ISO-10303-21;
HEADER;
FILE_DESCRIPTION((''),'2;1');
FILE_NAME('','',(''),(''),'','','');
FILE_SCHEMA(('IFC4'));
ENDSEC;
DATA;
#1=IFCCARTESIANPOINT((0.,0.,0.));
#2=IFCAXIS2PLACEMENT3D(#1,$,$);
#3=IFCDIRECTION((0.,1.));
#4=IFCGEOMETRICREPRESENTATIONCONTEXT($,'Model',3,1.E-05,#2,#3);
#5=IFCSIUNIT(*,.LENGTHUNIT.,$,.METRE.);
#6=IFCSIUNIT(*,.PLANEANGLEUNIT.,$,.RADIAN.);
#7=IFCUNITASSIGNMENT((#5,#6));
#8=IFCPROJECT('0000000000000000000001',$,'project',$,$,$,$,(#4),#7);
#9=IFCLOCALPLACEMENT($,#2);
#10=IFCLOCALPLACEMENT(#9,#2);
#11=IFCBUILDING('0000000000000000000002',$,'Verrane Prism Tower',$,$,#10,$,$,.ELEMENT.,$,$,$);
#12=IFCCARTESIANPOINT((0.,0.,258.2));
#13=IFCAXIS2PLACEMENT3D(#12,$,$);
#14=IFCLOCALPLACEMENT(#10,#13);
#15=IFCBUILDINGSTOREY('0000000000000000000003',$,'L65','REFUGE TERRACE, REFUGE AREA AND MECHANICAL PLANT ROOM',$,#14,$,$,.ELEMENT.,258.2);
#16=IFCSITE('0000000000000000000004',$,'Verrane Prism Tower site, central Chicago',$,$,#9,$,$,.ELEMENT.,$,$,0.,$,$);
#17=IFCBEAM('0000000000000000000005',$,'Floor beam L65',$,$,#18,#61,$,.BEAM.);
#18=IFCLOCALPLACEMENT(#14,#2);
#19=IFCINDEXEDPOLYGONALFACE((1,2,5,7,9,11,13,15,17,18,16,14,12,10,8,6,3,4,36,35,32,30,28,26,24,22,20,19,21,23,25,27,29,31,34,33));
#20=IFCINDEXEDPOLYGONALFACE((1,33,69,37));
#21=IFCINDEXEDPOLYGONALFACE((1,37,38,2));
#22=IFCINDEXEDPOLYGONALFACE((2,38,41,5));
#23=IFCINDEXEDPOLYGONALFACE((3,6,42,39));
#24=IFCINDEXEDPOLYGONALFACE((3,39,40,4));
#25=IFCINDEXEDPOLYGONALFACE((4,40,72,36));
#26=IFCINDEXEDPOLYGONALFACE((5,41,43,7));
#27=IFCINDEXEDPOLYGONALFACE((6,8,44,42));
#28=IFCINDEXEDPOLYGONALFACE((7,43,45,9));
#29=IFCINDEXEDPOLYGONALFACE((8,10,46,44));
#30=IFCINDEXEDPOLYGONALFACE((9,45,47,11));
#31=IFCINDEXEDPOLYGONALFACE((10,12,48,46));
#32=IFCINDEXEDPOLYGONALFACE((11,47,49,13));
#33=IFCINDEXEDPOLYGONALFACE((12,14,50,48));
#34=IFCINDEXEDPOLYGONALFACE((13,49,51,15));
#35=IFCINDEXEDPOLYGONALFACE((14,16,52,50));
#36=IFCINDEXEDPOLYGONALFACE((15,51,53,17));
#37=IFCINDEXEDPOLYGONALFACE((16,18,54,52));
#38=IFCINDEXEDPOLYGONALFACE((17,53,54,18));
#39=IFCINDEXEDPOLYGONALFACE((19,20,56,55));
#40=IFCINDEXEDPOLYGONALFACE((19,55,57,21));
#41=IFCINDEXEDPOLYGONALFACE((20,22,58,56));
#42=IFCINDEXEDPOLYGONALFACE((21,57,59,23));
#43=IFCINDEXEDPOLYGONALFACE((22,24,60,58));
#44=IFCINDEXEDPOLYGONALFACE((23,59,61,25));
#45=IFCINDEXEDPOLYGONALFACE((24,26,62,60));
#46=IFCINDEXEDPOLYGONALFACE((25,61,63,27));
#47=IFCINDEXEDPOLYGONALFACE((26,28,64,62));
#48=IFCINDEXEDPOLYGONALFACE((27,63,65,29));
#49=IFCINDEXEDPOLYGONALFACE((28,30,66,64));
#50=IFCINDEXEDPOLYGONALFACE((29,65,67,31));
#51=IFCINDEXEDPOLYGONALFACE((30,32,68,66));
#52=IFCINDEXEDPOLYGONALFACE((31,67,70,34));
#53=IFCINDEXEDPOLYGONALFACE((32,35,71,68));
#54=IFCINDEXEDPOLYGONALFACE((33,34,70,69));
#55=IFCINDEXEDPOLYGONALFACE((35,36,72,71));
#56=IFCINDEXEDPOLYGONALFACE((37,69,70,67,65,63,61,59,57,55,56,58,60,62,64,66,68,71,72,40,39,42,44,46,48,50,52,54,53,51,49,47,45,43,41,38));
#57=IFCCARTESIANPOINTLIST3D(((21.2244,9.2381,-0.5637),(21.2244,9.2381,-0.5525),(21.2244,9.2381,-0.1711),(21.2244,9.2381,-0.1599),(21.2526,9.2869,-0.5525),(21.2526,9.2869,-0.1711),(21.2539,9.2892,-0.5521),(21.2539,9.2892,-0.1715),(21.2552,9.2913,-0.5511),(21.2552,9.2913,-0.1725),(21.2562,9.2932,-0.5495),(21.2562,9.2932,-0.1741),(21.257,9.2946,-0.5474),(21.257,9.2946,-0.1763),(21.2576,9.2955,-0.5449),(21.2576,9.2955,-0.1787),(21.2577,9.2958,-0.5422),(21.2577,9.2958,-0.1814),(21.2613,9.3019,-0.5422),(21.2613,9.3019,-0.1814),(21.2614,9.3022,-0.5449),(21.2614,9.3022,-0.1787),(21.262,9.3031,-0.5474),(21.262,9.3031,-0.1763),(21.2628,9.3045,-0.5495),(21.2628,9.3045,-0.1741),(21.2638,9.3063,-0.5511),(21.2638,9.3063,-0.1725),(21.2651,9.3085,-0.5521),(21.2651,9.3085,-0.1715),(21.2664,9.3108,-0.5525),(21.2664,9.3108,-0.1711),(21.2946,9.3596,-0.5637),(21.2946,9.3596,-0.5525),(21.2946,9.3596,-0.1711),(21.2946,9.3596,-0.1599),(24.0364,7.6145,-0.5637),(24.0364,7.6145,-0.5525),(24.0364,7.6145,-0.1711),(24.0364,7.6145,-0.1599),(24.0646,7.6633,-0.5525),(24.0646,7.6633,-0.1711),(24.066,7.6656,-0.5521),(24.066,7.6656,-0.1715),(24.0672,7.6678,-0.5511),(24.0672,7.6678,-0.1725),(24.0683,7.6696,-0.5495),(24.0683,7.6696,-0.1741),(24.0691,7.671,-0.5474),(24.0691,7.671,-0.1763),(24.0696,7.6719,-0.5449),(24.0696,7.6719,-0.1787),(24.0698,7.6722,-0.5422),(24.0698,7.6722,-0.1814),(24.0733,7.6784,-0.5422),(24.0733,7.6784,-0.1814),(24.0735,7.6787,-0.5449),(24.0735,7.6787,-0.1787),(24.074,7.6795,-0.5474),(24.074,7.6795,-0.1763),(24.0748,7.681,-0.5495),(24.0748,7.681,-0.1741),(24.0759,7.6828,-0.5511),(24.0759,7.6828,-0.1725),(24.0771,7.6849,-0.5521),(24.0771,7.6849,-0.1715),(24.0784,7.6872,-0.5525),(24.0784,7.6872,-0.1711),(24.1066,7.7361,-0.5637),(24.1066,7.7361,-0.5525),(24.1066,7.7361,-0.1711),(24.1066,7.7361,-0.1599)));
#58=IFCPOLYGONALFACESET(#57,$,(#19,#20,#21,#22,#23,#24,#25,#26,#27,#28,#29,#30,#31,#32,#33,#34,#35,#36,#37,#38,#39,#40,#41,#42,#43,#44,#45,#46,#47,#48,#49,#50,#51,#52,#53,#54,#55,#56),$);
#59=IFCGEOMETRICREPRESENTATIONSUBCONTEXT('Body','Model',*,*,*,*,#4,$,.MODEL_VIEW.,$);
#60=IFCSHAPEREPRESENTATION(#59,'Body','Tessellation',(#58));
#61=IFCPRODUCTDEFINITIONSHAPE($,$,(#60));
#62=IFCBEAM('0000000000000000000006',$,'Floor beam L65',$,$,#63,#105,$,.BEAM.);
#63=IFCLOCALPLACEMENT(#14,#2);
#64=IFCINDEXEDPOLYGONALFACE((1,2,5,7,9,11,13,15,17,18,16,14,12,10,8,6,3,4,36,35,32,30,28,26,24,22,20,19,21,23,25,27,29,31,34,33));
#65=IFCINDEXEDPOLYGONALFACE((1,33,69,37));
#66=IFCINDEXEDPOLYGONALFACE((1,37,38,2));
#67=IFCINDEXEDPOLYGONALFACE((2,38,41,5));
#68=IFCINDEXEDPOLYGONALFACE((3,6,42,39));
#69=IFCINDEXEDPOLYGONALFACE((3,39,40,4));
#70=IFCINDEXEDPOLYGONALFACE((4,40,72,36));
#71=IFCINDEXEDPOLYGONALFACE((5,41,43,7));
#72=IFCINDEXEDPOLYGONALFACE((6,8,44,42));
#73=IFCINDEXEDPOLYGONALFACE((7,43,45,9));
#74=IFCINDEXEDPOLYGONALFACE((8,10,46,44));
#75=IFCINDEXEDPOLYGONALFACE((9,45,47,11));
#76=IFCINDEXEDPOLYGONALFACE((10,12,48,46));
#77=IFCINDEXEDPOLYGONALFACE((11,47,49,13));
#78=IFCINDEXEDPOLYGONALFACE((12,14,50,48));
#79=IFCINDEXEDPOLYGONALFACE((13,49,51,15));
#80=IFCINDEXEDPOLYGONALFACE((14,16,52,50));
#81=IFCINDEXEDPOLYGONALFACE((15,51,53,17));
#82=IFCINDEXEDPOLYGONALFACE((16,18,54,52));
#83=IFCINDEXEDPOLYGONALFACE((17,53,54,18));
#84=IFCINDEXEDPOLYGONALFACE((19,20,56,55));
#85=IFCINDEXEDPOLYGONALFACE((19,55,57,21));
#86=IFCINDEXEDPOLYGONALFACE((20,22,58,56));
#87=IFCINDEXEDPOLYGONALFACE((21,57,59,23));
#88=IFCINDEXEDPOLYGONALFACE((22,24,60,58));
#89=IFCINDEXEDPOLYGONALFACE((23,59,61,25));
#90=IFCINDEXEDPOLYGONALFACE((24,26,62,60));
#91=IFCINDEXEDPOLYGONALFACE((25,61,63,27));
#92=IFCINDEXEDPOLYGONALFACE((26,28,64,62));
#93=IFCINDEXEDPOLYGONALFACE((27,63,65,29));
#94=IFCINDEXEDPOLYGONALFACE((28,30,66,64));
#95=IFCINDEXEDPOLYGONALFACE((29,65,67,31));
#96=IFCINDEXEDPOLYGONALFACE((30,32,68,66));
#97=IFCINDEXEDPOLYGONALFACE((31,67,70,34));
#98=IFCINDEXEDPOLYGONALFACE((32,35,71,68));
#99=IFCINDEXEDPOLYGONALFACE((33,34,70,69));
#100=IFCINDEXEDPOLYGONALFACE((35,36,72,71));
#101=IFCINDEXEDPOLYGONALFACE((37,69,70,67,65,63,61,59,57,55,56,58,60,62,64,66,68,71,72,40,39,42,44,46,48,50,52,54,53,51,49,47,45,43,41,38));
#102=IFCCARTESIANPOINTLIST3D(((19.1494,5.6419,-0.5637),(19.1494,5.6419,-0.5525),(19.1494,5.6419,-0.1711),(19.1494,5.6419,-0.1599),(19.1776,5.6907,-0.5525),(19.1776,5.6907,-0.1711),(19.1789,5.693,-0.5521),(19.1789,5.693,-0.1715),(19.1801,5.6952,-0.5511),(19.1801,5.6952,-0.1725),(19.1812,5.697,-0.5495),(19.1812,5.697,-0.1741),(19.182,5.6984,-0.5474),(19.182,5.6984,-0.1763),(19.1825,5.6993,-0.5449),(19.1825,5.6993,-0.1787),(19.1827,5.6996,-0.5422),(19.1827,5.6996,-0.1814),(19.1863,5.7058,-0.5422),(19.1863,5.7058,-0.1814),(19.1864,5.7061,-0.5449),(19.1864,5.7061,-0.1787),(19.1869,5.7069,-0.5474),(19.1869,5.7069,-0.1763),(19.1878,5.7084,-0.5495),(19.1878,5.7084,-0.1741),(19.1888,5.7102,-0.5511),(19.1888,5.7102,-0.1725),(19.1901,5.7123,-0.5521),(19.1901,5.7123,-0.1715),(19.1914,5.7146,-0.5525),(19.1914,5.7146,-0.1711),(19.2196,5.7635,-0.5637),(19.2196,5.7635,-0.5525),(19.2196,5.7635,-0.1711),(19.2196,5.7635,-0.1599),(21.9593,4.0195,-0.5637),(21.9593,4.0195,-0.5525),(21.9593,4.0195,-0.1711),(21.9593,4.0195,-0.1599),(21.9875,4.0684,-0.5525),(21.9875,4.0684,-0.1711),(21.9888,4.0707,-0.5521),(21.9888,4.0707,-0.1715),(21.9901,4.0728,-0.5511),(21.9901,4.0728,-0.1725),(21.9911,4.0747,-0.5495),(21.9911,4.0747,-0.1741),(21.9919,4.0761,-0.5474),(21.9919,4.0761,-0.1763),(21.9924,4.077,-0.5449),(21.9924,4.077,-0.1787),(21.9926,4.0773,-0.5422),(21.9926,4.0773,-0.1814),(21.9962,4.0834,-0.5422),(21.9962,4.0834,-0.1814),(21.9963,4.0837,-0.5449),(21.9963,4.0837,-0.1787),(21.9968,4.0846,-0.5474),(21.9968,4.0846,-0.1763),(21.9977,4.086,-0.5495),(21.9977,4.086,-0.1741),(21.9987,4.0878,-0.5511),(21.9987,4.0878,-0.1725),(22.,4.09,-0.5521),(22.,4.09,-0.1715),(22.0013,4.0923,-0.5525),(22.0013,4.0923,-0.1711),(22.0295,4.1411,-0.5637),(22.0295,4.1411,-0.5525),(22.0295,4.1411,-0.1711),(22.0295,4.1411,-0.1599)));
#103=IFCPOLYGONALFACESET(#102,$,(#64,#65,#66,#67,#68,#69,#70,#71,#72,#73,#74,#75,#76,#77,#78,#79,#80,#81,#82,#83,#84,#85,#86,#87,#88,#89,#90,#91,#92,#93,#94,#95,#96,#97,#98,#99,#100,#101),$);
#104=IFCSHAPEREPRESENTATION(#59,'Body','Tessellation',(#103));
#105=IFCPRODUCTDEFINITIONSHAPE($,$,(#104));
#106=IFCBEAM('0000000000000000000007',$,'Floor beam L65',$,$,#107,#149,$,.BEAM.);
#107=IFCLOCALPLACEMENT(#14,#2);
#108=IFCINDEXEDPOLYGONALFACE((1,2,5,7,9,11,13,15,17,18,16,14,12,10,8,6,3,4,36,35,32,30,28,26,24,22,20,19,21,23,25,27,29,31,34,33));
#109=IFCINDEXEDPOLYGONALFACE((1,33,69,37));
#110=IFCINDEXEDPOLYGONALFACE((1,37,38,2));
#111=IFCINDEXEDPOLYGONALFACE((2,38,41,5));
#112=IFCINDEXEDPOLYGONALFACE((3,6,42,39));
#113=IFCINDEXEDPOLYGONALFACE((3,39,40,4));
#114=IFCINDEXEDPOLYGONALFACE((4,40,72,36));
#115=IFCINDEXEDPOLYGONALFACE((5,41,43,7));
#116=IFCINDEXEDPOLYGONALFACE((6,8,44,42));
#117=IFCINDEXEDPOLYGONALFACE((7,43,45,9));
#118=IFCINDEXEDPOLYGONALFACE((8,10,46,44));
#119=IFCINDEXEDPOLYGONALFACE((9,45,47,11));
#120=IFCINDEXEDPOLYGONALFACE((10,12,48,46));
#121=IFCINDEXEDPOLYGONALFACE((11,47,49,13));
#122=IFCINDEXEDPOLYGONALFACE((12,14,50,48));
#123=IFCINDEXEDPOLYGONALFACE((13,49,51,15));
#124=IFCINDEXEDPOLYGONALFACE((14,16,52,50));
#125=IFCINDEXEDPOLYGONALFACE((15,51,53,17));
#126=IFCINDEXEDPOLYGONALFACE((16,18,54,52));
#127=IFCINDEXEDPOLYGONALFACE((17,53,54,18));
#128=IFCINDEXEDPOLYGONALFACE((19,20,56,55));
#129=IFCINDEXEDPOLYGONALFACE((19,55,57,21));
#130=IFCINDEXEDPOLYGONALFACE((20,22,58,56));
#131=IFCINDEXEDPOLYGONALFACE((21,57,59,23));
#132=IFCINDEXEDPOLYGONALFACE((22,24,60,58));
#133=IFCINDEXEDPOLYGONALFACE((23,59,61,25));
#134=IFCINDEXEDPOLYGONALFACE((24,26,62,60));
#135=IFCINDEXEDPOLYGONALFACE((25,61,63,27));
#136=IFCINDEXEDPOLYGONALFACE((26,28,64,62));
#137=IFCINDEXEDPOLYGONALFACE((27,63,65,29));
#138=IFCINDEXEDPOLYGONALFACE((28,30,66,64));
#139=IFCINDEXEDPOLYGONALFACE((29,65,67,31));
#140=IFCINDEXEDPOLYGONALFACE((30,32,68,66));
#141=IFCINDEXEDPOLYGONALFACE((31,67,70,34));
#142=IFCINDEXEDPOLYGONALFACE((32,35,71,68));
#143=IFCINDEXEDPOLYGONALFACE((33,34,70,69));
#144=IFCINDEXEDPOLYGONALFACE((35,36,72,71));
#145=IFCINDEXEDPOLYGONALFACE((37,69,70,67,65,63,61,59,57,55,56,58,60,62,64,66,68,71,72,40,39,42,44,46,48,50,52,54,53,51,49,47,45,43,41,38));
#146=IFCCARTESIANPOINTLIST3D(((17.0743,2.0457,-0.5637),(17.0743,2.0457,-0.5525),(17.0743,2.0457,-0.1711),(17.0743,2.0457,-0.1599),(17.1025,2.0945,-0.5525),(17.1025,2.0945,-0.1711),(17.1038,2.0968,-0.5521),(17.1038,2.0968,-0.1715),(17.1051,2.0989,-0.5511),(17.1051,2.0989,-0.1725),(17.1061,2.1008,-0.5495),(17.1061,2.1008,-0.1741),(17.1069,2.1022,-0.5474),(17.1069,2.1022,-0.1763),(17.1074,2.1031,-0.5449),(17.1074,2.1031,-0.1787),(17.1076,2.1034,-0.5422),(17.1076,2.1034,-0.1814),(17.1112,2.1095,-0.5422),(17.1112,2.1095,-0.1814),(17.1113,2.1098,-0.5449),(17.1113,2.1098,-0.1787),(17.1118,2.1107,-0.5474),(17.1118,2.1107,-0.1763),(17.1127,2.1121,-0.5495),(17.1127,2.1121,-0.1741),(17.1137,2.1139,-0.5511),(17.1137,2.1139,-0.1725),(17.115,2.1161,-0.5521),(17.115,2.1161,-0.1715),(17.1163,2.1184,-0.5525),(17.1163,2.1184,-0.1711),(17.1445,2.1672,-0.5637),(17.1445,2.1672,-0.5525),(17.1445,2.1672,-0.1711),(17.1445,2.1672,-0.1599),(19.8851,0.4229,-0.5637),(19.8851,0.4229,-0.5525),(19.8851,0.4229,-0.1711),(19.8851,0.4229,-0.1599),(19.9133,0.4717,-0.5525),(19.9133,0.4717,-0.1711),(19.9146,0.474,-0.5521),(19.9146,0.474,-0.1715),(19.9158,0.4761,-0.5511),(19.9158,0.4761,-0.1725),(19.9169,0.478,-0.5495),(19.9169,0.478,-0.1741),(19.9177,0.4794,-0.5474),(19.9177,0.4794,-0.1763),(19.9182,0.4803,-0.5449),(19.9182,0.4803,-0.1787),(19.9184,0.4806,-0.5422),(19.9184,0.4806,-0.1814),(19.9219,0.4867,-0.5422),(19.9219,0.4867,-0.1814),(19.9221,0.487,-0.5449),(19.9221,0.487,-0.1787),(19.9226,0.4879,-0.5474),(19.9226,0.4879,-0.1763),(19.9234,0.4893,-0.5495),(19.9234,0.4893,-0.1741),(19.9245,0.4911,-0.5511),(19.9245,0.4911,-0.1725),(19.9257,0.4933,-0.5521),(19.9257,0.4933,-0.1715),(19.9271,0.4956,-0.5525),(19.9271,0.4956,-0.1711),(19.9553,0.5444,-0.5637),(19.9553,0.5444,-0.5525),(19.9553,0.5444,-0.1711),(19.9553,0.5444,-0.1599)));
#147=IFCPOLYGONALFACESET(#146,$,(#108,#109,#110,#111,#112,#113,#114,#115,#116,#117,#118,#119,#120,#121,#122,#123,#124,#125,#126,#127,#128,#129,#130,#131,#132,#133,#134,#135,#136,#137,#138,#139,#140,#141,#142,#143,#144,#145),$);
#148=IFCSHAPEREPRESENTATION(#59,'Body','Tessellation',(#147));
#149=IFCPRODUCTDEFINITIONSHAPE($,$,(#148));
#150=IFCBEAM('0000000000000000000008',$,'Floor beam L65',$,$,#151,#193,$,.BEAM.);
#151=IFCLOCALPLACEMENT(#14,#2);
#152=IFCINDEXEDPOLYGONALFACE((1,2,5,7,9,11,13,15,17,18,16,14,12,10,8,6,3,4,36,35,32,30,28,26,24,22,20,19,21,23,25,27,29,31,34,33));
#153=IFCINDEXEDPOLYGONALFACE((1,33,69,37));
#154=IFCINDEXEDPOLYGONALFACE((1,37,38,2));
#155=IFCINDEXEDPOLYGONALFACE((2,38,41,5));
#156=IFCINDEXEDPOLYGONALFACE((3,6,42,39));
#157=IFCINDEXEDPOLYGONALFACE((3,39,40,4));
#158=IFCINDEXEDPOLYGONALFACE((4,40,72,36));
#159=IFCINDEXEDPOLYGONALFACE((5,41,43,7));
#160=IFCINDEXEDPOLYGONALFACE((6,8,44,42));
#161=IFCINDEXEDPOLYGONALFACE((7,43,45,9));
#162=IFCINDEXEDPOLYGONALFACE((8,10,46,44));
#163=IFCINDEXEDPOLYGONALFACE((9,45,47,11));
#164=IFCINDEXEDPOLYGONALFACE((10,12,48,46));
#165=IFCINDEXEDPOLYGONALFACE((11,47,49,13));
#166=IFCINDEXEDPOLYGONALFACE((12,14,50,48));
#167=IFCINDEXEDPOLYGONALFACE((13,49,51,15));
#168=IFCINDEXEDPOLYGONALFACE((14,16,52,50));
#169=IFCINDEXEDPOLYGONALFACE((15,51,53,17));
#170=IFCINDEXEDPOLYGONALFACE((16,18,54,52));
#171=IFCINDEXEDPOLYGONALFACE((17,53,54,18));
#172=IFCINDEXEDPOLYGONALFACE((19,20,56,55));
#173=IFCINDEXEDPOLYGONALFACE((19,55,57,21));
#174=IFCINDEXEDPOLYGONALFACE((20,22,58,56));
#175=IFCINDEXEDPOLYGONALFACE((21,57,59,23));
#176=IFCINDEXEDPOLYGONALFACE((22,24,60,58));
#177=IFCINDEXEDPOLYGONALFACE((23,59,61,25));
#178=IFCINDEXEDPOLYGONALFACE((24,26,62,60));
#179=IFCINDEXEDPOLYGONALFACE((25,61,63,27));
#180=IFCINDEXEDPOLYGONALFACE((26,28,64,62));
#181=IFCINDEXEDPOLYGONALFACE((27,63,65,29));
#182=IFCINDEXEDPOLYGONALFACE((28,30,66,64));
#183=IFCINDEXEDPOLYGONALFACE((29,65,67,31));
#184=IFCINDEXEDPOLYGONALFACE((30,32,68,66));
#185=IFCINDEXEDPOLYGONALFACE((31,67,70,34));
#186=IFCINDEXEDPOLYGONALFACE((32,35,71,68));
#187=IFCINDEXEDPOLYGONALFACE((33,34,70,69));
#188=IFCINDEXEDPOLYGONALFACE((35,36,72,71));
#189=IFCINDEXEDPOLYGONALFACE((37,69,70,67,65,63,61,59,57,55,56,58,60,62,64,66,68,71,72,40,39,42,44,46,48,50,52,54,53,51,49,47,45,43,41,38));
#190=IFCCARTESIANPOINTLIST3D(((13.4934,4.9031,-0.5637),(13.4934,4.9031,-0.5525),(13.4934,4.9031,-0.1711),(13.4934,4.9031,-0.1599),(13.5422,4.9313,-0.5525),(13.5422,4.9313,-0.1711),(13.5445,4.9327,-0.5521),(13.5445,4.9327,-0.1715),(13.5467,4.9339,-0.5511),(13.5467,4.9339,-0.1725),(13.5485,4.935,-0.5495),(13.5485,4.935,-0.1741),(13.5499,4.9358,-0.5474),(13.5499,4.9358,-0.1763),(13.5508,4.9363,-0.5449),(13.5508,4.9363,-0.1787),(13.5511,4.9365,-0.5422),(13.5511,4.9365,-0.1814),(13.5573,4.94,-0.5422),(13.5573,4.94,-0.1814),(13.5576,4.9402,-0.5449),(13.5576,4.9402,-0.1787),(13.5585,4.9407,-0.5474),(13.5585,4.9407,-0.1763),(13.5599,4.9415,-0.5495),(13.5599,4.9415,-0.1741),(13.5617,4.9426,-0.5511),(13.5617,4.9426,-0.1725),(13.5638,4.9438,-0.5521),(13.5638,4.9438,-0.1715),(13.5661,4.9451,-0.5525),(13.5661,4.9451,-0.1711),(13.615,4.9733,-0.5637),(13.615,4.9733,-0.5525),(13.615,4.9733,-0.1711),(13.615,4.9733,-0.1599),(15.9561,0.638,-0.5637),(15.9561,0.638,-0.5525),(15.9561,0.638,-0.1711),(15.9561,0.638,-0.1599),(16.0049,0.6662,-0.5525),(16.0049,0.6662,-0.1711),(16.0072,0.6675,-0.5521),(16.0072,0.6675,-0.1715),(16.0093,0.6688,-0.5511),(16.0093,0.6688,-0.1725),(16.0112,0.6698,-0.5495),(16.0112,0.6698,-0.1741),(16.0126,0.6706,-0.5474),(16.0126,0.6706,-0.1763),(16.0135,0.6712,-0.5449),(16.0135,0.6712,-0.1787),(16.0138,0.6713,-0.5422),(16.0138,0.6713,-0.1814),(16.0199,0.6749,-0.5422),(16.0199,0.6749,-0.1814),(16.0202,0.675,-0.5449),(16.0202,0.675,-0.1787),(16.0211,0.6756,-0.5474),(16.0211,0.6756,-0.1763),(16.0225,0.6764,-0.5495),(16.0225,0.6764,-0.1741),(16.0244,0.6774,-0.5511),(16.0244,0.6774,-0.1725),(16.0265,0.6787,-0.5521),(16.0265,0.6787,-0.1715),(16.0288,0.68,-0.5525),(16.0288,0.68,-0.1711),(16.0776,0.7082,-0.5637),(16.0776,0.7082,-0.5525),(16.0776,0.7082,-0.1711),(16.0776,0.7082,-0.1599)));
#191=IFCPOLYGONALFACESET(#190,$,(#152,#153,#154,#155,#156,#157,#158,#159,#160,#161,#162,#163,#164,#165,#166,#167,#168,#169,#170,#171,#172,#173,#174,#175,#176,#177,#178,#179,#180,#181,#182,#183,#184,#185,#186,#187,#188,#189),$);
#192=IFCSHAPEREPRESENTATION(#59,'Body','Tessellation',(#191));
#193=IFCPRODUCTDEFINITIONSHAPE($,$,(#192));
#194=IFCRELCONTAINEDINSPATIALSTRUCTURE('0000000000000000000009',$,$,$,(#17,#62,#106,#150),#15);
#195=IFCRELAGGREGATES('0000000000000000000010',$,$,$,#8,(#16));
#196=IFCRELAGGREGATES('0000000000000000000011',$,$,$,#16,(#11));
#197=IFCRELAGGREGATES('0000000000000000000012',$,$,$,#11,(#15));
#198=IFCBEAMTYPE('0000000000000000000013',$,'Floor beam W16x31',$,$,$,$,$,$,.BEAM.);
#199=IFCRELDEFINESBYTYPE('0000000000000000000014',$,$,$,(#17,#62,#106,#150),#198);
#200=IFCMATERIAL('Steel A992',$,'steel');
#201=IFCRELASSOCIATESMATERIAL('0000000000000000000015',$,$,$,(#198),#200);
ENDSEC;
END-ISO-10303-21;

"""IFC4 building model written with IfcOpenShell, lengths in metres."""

from ifc_helpers import new_model, si_unit, direction, frame, origin, origin_2d, place, context, subcontext, project, spatial, i_section, extrude, material, material_profile, profile_set, type_object, element, save


model = new_model("IFC4")

# Units and contexts
model_context = context("Model", 3, precision=1e-05, world=origin(), true_north=direction((0.0, 1.0)))
body_context = subcontext(model_context, "Body", "Model", "MODEL_VIEW")
ifc_project = project(units=[si_unit("LENGTHUNIT", "METRE"), si_unit("PLANEANGLEUNIT", "RADIAN")], contexts=[model_context])

# Site, building, storey
site_placement = place(None, origin())
site = spatial("IfcSite", under=ifc_project, at=site_placement, Name="Verrane Prism Tower site, central Chicago", CompositionType="ELEMENT", RefElevation=0.0)
building_placement = place(site_placement, origin())
building = spatial("IfcBuilding", under=site, at=building_placement, Name="Verrane Prism Tower", CompositionType="ELEMENT")
storey_placement = place(building_placement, frame((0.0, 0.0, 258.2)))
storey = spatial("IfcBuildingStorey", under=building, at=storey_placement, Name="L65", Description="REFUGE TERRACE, REFUGE AREA AND MECHANICAL PLANT ROOM", CompositionType="ELEMENT", Elevation=258.2)

# Beams
ifc_material_1 = material(Name="Steel A992", Category="steel")
ifc_material_profile_1 = material_profile(ifc_material_1, i_section(OverallWidth=0.1404, OverallDepth=0.4038, WebThickness=0.0071, FlangeThickness=0.0112, FilletRadius=0.0103, at=origin_2d()), Name="W16x31")
ifc_profile_set_1 = profile_set([ifc_material_profile_1], Name="Steel A992")
beam_type_1 = type_object("IfcBeamType", Name="Floor beam W16x31", PredefinedType="BEAM", material=ifc_profile_set_1)
beam_1_placement = place(storey_placement, frame((24.0715, 7.6753, -0.3618), z_axis=(-0.866023, 0.500004, 0.0), x_axis=(-0.500004, -0.866023, 0.0)))
element("IfcBeam", 1, at=beam_1_placement, inside=storey, type_object=beam_type_1, Name="Floor beam L65", PredefinedType="BEAM", context=body_context, shape_type="SweptSolid", body=[
    extrude(i_section(OverallWidth=0.1404, OverallDepth=0.4038, WebThickness=0.0071, FlangeThickness=0.0112, FilletRadius=0.0103, at=origin_2d()), origin(), (0.0, 0.0, 1.0), 3.2471),
])
beam_2_placement = place(storey_placement, frame((21.9944, 4.0803, -0.3618), z_axis=(-0.866016, 0.500016, 0.0), x_axis=(-0.500016, -0.866016, 0.0)))
element("IfcBeam", 2, at=beam_2_placement, inside=storey, type_object=beam_type_1, Name="Floor beam L65", PredefinedType="BEAM", context=body_context, shape_type="SweptSolid", body=[
    extrude(i_section(OverallWidth=0.1404, OverallDepth=0.4038, WebThickness=0.0071, FlangeThickness=0.0112, FilletRadius=0.0103, at=origin_2d()), origin(), (0.0, 0.0, 1.0), 3.2446),
])
beam_3_placement = place(storey_placement, frame((19.9202, 0.4836, -0.3618), z_axis=(-0.866026, 0.499998, 0.0), x_axis=(-0.499998, -0.866026, 0.0)))
element("IfcBeam", 3, at=beam_3_placement, inside=storey, type_object=beam_type_1, Name="Floor beam L65", PredefinedType="BEAM", context=body_context, shape_type="SweptSolid", body=[
    extrude(i_section(OverallWidth=0.1404, OverallDepth=0.4038, WebThickness=0.0071, FlangeThickness=0.0112, FilletRadius=0.0103, at=origin_2d()), origin(), (0.0, 0.0, 1.0), 3.2456),
])
beam_4_placement = place(storey_placement, frame((16.0168, 0.6731, -0.3618), z_axis=(-0.500026, 0.866011, 0.0), x_axis=(-0.866011, -0.500026, 0.0)))
element("IfcBeam", 4, at=beam_4_placement, inside=storey, type_object=beam_type_1, Name="Floor beam L65", PredefinedType="BEAM", context=body_context, shape_type="SweptSolid", body=[
    extrude(i_section(OverallWidth=0.1404, OverallDepth=0.4038, WebThickness=0.0071, FlangeThickness=0.0112, FilletRadius=0.0103, at=origin_2d()), origin(), (0.0, 0.0, 1.0), 4.925),
])

save(model, "model.ifc")
